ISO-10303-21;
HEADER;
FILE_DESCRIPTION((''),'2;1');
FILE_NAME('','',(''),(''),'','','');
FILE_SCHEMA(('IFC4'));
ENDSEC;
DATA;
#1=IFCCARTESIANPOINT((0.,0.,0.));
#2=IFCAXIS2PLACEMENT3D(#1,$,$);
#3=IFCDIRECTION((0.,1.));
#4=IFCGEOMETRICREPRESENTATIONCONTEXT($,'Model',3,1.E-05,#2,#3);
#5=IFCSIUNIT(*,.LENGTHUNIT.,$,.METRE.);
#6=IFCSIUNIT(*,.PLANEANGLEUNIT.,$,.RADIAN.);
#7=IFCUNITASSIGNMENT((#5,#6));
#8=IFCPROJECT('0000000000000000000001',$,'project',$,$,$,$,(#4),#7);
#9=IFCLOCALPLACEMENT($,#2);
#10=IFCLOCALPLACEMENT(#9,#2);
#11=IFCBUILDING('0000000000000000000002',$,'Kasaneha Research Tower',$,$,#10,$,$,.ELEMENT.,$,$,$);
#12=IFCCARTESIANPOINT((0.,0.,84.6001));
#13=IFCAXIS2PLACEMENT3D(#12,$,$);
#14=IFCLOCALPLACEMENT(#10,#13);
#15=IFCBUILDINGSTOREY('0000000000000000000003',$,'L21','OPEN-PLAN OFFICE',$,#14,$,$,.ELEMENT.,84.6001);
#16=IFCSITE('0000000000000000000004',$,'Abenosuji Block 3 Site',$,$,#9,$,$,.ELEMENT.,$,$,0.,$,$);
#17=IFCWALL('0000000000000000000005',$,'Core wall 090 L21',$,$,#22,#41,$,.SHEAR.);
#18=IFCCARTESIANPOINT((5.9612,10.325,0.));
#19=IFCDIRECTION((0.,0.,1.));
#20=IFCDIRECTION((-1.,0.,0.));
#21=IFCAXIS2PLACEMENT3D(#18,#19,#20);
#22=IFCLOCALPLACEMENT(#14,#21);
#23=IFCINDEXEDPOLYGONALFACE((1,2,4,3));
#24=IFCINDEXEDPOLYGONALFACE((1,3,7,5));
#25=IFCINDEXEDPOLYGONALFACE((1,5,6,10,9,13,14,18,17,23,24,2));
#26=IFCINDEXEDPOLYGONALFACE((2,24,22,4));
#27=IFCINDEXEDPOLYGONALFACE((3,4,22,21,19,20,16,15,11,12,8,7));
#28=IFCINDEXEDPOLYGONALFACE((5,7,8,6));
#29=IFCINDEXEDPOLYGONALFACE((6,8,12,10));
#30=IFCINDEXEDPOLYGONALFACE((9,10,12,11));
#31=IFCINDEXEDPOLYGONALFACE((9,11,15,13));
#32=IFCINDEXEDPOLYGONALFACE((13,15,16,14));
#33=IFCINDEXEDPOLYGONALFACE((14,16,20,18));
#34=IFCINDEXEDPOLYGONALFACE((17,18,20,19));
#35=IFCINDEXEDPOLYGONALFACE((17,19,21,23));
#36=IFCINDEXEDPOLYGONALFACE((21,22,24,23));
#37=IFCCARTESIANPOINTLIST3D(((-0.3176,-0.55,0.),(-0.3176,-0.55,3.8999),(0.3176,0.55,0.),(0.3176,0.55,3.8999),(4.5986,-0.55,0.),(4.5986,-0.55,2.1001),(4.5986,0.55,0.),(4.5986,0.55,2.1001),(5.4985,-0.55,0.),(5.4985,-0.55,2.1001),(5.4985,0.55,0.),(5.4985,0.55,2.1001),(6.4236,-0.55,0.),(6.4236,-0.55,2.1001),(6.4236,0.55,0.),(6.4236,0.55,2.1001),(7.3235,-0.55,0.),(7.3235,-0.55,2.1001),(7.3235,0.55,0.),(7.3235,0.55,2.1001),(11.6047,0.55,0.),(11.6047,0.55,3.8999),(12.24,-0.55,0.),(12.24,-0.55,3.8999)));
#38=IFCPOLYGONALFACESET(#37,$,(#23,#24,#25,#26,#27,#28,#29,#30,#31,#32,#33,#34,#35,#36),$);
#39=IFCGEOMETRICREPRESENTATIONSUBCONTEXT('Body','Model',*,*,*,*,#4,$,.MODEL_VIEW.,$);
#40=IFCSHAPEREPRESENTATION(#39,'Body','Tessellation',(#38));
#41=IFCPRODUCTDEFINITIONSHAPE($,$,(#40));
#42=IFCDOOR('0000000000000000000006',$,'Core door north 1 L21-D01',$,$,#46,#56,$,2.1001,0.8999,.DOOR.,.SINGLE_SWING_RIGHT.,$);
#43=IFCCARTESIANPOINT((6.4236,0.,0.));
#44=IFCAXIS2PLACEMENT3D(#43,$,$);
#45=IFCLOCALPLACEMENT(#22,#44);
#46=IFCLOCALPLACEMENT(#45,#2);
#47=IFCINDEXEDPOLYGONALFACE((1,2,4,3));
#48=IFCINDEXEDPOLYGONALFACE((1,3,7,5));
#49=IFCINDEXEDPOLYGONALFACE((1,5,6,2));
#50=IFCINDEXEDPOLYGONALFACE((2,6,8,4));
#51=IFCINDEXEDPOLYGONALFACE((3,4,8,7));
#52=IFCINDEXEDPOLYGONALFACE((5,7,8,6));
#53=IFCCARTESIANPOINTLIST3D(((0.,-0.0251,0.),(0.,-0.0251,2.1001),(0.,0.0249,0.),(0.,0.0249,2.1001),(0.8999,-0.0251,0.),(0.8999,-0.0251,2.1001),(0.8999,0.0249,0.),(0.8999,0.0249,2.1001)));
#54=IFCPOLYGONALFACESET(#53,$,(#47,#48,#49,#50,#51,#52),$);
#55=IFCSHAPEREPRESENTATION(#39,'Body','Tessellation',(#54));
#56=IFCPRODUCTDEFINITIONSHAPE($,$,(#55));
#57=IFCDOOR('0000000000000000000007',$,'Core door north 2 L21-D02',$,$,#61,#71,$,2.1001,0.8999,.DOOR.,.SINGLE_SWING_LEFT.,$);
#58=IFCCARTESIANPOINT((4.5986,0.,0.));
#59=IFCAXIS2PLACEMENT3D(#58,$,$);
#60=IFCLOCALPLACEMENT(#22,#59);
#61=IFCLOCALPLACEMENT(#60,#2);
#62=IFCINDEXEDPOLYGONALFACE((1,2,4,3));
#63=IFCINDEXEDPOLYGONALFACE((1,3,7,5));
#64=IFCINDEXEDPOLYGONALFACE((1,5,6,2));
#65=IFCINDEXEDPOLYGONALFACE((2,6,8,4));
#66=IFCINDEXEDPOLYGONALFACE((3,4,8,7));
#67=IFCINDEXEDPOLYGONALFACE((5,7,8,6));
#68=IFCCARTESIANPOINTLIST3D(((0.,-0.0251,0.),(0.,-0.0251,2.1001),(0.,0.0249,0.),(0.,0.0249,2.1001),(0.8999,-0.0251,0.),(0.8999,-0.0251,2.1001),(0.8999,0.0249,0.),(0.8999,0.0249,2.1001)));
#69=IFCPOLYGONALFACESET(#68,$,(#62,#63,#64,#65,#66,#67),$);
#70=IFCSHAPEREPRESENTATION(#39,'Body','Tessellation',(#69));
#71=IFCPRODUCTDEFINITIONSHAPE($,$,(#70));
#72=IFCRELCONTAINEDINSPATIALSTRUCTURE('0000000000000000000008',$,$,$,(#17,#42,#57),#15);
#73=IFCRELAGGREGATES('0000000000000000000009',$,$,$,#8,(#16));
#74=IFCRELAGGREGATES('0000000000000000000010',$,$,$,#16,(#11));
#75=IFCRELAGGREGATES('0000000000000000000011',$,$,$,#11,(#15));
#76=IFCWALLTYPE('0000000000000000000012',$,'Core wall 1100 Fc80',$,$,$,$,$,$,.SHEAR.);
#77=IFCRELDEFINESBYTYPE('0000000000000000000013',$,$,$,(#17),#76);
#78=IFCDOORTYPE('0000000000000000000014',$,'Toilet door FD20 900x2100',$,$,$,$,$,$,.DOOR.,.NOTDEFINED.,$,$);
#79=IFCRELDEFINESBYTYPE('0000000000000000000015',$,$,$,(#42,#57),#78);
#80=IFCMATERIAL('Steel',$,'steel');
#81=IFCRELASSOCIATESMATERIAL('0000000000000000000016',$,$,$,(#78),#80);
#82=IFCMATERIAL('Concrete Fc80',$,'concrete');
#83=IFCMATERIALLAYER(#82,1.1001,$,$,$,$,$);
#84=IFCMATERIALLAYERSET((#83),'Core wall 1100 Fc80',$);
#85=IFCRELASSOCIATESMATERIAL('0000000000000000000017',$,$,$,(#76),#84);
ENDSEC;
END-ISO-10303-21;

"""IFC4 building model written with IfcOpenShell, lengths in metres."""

from ifc_helpers import new_model, si_unit, direction, frame, frame_2d, origin, place, context, subcontext, project, spatial, polyline, rectangle, outline, extrude, material, layer, layer_set, type_object, element, fill, save


model = new_model("IFC4")

# Units and contexts
model_context = context("Model", 3, precision=1e-05, world=origin(), true_north=direction((0.0, 1.0)))
body_context = subcontext(model_context, "Body", "Model", "MODEL_VIEW")
ifc_project = project(units=[si_unit("LENGTHUNIT", "METRE"), si_unit("PLANEANGLEUNIT", "RADIAN")], contexts=[model_context])

# Site, building, storey
site_placement = place(None, origin())
site = spatial("IfcSite", under=ifc_project, at=site_placement, Name="Abenosuji Block 3 Site", CompositionType="ELEMENT", RefElevation=0.0)
building_placement = place(site_placement, origin())
building = spatial("IfcBuilding", under=site, at=building_placement, Name="Kasaneha Research Tower", CompositionType="ELEMENT")
storey_placement = place(building_placement, frame((0.0, 0.0, 84.6001)))
storey = spatial("IfcBuildingStorey", under=building, at=storey_placement, Name="L21", Description="OPEN-PLAN OFFICE", CompositionType="ELEMENT", Elevation=84.6001)

# Shared definitions
ifc_material_1 = material(Name="Steel", Category="steel")
door_type_1 = type_object("IfcDoorType", Name="Toilet door FD20 900x2100", OperationType="NOTDEFINED", PredefinedType="DOOR", material=ifc_material_1)

# Wall, openings, doors
ifc_material_2 = material(Name="Concrete Fc80", Category="concrete")
ifc_layer_1 = layer(ifc_material_2, 1.1001)
ifc_layer_set_1 = layer_set([ifc_layer_1], Name="Core wall 1100 Fc80")
wall_type_1 = type_object("IfcWallType", Name="Core wall 1100 Fc80", PredefinedType="SHEAR", material=ifc_layer_set_1)
wall_1_placement = place(storey_placement, frame((5.9612, 10.325, 0.0), z_axis=(0.0, 0.0, 1.0), x_axis=(-1.0, 0.0, 0.0)))
wall_1 = element("IfcWall", 1, at=wall_1_placement, inside=storey, type_object=wall_type_1, Name="Core wall 090 L21", PredefinedType="SHEAR", context=body_context, shape_type="SweptSolid", body=[
    extrude(outline(polyline([(-0.3176, -0.55), (4.5986, -0.55), (5.4985, -0.55), (6.4236, -0.55), (7.3235, -0.55), (12.24, -0.55), (11.6047, 0.55), (7.3235, 0.55), (6.4236, 0.55), (5.4985, 0.55), (4.5986, 0.55), (0.3176, 0.55), (-0.3176, -0.55)])), origin(), (0.0, 0.0, 1.0), 3.8999),
])
opening_1_placement = place(wall_1_placement, frame((6.4236, 0.0, 0.0)))
opening_1 = element("IfcOpeningElement", 2, at=opening_1_placement, cuts=wall_1, PredefinedType="OPENING", context=body_context, shape_type="SweptSolid", body=[
    extrude(rectangle(XDim=0.8999, YDim=2.1001, at=frame_2d((0.45, 1.05))), frame((0.0, 0.5601, 0.0), z_axis=(0.0, -1.0, 0.0), x_axis=(1.0, 0.0, 0.0)), (0.0, 0.0, 1.0), 1.1201),
])
opening_2_placement = place(wall_1_placement, frame((4.5986, 0.0, 0.0)))
opening_2 = element("IfcOpeningElement", 3, at=opening_2_placement, cuts=wall_1, PredefinedType="OPENING", context=body_context, shape_type="SweptSolid", body=[
    extrude(rectangle(XDim=0.8999, YDim=2.1001, at=frame_2d((0.45, 1.05))), frame((0.0, 0.5601, 0.0), z_axis=(0.0, -1.0, 0.0), x_axis=(1.0, 0.0, 0.0)), (0.0, 0.0, 1.0), 1.1201),
])
door_1_placement = place(opening_1_placement, origin())
door_1 = element("IfcDoor", 4, at=door_1_placement, inside=storey, type_object=door_type_1, Name="Core door north 1 L21-D01", OperationType="SINGLE_SWING_RIGHT", OverallHeight=2.1001, OverallWidth=0.8999, PredefinedType="DOOR", context=body_context, shape_type="SweptSolid", body=[
    extrude(rectangle(XDim=0.8999, YDim=2.1001, at=frame_2d((0.45, 1.05))), frame((0.0, 0.0249, 0.0), z_axis=(0.0, -1.0, 0.0), x_axis=(1.0, 0.0, 0.0)), (0.0, 0.0, 1.0), 0.05),
])
fill(opening_1, door_1)
door_2_placement = place(opening_2_placement, origin())
door_2 = element("IfcDoor", 5, at=door_2_placement, inside=storey, type_object=door_type_1, Name="Core door north 2 L21-D02", OperationType="SINGLE_SWING_LEFT", OverallHeight=2.1001, OverallWidth=0.8999, PredefinedType="DOOR", context=body_context, shape_type="SweptSolid", body=[
    extrude(rectangle(XDim=0.8999, YDim=2.1001, at=frame_2d((0.45, 1.05))), frame((0.0, 0.0249, 0.0), z_axis=(0.0, -1.0, 0.0), x_axis=(1.0, 0.0, 0.0)), (0.0, 0.0, 1.0), 0.05),
])
fill(opening_2, door_2)

save(model, "model.ifc")
